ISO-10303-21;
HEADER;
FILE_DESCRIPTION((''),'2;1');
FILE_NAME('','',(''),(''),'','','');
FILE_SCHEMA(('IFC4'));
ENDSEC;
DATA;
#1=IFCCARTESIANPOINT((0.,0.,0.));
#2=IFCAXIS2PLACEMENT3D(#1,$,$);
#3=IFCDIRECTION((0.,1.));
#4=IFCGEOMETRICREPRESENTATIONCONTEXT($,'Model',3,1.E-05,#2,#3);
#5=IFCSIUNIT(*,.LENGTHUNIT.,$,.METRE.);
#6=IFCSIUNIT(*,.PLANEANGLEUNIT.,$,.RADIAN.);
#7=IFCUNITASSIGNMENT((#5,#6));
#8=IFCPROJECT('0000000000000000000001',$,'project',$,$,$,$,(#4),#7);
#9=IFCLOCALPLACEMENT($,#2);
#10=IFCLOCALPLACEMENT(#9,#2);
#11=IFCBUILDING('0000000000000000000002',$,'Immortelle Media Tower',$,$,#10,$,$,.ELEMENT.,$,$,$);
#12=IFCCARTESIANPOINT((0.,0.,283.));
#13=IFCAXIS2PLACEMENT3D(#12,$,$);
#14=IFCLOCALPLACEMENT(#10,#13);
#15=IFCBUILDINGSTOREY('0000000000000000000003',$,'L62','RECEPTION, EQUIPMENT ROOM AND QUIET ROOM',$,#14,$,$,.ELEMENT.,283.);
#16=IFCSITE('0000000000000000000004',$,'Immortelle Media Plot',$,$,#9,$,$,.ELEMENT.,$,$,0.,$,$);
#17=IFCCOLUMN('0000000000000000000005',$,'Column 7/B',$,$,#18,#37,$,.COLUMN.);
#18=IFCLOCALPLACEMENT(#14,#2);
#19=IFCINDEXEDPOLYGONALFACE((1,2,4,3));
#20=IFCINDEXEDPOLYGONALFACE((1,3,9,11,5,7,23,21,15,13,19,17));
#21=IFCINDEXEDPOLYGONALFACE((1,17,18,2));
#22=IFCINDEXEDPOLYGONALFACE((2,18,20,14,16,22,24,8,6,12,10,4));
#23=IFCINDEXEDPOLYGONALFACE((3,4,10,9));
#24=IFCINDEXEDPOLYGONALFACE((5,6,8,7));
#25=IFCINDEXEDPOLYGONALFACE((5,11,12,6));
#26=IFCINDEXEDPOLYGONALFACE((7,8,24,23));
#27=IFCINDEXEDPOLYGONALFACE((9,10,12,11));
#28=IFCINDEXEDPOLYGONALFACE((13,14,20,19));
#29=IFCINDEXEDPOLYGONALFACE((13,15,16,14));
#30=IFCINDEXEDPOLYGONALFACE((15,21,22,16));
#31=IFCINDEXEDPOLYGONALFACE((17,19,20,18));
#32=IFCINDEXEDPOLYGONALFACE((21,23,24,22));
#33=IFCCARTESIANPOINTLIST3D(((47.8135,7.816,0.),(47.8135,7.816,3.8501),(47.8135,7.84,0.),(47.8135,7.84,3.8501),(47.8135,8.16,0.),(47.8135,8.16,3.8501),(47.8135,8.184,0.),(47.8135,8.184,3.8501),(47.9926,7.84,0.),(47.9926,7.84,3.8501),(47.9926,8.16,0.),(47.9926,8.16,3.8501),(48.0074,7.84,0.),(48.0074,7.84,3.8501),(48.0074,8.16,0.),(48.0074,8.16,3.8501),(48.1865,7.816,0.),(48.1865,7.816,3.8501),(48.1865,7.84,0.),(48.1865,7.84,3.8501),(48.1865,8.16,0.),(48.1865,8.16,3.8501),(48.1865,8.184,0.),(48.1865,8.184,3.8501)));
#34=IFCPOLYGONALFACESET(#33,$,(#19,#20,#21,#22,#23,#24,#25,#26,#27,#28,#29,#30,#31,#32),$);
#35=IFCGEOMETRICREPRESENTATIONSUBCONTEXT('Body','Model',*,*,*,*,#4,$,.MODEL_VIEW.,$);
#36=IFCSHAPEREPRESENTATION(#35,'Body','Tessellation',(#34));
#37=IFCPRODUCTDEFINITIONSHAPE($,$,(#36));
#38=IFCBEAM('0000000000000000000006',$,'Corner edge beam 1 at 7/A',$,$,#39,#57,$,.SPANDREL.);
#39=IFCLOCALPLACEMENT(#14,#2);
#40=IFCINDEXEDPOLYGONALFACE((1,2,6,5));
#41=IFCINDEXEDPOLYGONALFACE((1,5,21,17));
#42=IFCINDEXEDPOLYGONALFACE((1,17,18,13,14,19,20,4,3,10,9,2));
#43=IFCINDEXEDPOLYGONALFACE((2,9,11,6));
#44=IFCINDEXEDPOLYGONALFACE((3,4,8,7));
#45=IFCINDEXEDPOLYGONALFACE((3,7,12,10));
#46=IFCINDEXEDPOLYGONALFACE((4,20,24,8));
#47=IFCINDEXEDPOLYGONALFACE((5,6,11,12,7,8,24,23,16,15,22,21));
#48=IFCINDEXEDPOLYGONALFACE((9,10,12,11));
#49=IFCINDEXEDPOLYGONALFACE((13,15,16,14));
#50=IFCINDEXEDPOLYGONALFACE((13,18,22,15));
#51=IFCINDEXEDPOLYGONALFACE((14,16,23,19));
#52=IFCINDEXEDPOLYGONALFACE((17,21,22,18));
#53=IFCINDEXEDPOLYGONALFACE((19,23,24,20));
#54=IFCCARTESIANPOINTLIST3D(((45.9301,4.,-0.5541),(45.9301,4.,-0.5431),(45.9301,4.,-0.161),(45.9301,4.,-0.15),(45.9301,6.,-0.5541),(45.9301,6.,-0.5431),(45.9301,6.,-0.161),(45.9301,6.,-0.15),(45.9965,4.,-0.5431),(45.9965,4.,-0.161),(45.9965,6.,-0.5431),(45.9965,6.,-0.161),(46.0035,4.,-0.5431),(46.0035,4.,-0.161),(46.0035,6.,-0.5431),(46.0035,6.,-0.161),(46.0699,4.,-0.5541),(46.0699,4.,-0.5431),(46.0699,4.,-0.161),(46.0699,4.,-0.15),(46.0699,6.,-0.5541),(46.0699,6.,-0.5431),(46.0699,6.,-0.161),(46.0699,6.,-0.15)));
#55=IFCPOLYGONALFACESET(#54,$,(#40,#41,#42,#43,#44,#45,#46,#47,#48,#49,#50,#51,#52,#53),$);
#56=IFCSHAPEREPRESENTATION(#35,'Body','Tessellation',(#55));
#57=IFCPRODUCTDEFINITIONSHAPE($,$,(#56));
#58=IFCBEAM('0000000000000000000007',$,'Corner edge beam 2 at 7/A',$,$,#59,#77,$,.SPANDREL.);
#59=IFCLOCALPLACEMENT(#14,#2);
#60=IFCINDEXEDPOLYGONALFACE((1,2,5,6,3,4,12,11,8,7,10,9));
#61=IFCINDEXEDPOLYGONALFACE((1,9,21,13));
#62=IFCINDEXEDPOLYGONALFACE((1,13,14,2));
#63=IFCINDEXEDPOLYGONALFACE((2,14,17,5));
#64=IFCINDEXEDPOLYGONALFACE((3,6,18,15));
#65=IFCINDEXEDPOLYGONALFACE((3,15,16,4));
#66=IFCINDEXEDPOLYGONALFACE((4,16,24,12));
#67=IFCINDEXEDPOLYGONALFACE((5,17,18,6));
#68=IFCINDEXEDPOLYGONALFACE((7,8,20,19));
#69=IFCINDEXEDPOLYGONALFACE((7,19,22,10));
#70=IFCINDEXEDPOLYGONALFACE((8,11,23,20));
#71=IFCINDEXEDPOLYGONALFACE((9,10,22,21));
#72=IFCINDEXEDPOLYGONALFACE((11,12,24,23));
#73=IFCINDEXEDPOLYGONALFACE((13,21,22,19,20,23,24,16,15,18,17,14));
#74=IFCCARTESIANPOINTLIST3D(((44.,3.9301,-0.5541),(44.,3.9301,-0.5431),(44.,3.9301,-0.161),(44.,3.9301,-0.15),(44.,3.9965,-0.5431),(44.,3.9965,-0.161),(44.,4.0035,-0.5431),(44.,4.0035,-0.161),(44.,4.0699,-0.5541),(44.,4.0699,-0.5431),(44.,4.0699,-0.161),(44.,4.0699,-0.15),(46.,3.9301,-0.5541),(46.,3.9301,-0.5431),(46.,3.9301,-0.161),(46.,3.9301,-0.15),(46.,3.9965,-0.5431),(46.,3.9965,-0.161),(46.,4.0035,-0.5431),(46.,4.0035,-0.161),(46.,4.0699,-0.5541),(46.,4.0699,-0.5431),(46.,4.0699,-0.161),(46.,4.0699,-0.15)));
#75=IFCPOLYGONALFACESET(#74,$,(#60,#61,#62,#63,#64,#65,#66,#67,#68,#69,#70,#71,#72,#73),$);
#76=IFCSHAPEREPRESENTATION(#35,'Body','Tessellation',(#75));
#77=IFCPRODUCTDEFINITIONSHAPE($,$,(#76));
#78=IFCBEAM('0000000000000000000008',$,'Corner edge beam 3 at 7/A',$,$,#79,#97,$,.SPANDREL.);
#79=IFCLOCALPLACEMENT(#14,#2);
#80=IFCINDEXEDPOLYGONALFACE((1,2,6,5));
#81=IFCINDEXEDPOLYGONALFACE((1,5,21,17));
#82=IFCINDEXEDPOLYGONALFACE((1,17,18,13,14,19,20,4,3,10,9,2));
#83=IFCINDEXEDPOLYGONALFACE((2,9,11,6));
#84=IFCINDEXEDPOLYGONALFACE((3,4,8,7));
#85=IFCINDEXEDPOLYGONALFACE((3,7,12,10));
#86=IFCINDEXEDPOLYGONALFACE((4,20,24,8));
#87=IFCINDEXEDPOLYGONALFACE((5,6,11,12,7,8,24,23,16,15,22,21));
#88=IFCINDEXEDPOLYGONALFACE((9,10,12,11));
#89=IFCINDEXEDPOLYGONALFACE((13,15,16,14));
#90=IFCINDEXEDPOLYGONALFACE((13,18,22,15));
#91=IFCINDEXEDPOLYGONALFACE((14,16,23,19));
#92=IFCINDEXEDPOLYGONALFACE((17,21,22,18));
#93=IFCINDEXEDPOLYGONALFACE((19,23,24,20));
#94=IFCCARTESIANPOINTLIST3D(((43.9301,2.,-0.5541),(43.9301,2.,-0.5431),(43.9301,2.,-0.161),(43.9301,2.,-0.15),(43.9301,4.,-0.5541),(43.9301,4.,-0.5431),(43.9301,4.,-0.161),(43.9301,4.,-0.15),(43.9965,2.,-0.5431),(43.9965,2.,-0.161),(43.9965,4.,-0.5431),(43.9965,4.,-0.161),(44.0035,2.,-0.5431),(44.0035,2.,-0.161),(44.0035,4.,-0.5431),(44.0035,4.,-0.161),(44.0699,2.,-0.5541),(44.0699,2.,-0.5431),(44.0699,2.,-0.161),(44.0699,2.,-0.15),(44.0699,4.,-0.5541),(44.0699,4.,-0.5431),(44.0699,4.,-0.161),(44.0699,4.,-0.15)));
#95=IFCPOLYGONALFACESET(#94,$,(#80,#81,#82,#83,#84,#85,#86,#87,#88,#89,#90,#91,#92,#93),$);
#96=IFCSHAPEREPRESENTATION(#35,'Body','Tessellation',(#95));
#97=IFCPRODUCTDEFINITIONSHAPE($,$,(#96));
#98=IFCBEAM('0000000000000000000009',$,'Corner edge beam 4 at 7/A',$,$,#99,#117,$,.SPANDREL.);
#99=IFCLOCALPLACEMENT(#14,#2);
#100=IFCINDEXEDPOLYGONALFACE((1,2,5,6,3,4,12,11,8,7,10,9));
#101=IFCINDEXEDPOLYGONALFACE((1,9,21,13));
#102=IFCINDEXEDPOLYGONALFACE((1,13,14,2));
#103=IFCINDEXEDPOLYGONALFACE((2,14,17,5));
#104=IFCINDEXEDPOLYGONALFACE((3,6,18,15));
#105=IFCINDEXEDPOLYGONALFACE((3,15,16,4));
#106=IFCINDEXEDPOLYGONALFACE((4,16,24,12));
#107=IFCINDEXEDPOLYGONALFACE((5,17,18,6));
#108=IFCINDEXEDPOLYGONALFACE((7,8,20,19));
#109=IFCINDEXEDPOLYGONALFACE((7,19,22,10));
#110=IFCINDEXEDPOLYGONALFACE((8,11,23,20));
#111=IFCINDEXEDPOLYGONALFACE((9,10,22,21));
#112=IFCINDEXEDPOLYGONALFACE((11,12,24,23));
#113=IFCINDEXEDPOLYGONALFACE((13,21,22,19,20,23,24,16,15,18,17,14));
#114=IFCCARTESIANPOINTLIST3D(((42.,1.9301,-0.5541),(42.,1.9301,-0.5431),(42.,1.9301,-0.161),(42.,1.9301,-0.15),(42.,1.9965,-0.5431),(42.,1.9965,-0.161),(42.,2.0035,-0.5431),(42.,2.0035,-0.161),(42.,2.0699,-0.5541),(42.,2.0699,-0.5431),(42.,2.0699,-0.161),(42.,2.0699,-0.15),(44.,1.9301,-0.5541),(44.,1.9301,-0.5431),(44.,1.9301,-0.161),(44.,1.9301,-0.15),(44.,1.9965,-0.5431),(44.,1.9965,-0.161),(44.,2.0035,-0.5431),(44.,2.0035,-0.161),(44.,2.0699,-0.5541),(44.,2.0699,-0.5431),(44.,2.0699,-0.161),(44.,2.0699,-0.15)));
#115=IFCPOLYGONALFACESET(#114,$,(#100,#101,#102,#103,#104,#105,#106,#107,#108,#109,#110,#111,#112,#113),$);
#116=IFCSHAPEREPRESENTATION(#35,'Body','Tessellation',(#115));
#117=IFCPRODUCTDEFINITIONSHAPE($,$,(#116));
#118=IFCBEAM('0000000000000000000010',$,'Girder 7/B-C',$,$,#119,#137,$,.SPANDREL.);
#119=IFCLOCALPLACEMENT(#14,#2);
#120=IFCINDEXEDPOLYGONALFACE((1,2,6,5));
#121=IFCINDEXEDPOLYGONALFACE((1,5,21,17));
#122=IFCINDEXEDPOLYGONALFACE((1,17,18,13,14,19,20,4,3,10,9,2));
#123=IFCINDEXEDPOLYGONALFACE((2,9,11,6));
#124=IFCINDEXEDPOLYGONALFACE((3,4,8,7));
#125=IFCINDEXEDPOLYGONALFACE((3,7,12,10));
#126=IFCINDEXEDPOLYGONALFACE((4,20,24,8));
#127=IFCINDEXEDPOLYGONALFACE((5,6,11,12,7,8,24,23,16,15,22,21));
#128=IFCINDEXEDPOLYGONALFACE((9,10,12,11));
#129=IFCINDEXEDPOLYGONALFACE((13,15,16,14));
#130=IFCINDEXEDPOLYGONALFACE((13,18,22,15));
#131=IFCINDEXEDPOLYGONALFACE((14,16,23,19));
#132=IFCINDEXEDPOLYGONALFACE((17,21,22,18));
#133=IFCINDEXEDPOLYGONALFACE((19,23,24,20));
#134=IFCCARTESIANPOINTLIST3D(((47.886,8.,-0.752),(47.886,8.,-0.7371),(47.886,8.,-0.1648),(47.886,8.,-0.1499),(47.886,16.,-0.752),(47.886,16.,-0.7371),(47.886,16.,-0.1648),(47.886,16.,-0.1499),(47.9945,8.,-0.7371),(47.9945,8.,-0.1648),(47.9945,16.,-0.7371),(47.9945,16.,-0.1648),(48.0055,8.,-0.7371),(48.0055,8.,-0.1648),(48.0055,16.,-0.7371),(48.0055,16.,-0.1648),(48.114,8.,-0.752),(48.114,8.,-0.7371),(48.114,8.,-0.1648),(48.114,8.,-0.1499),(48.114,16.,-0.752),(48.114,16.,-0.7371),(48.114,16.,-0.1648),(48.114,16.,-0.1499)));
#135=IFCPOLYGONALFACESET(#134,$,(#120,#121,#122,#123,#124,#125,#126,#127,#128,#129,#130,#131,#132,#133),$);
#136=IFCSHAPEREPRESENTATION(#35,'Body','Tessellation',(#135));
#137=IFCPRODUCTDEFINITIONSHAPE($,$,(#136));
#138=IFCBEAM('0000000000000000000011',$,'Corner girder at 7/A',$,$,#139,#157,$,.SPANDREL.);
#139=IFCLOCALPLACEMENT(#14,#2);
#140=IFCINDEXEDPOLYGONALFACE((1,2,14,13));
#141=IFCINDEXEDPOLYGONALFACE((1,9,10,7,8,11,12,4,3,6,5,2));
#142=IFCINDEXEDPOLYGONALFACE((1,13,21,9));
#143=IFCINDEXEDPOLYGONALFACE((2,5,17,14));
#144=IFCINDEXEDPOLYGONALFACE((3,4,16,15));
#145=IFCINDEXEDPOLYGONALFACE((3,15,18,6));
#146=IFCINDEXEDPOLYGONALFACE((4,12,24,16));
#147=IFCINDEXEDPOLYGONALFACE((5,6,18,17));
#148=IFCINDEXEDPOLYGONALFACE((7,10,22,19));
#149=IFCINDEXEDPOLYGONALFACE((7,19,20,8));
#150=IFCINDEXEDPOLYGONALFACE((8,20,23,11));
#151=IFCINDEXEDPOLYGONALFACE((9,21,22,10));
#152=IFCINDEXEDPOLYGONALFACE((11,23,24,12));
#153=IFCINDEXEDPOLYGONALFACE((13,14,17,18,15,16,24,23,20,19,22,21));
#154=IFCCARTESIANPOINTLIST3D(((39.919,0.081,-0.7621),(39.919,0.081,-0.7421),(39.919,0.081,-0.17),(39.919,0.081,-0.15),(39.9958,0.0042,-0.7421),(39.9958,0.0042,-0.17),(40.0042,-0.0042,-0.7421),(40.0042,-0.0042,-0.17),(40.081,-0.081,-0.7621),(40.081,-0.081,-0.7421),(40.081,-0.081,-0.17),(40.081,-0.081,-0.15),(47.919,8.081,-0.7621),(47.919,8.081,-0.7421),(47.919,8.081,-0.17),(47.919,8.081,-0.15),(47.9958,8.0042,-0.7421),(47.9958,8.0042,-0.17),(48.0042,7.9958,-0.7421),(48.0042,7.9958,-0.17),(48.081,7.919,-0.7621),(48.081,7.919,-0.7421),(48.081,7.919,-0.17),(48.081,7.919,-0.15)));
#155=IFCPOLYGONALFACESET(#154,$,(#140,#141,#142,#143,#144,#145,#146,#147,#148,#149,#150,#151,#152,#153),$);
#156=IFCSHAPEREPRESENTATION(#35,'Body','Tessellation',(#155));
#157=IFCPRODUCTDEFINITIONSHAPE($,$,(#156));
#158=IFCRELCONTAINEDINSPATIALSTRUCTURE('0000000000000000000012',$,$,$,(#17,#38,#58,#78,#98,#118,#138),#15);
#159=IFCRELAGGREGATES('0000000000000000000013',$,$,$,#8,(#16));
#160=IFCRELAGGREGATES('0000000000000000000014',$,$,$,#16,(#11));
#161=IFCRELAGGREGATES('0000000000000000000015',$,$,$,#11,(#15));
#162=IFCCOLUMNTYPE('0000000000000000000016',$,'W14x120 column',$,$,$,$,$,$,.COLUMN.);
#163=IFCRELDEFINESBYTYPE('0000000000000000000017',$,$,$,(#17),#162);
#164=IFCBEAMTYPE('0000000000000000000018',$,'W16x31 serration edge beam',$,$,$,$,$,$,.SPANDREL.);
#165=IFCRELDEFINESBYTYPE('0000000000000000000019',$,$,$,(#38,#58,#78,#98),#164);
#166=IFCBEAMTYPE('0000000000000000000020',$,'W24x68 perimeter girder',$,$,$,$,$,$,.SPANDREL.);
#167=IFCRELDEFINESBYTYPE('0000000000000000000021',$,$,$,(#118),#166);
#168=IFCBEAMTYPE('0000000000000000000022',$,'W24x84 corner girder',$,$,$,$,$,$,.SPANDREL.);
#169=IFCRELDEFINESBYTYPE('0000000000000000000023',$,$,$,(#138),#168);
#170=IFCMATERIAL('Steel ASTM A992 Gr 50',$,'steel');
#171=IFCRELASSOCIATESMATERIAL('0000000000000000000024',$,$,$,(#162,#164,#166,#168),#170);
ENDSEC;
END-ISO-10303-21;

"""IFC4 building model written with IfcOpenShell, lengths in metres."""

from ifc_helpers import new_model, si_unit, direction, frame, origin, origin_2d, place, context, subcontext, project, spatial, i_section, extrude, material, material_profile, profile_set, type_object, element, save


model = new_model("IFC4")

# Units and contexts
model_context = context("Model", 3, precision=1e-05, world=origin(), true_north=direction((0.0, 1.0)))
body_context = subcontext(model_context, "Body", "Model", "MODEL_VIEW")
ifc_project = project(units=[si_unit("LENGTHUNIT", "METRE"), si_unit("PLANEANGLEUNIT", "RADIAN")], contexts=[model_context])

# Site, building, storey
site_placement = place(None, origin())
site = spatial("IfcSite", under=ifc_project, at=site_placement, Name="Immortelle Media Plot", CompositionType="ELEMENT", RefElevation=0.0)
building_placement = place(site_placement, origin())
building = spatial("IfcBuilding", under=site, at=building_placement, Name="Immortelle Media Tower", CompositionType="ELEMENT")
storey_placement = place(building_placement, frame((0.0, 0.0, 283.0)))
storey = spatial("IfcBuildingStorey", under=building, at=storey_placement, Name="L62", Description="RECEPTION, EQUIPMENT ROOM AND QUIET ROOM", CompositionType="ELEMENT", Elevation=283.0)

# Column
ifc_material_1 = material(Name="Steel ASTM A992 Gr 50", Category="steel")
ifc_material_profile_1 = material_profile(ifc_material_1, i_section(OverallWidth=0.373, OverallDepth=0.3679, WebThickness=0.0149, FlangeThickness=0.0239, at=origin_2d()), Name="W14x120")
ifc_profile_set_1 = profile_set([ifc_material_profile_1], Name="Steel ASTM A992 Gr 50")
column_type = type_object("IfcColumnType", Name="W14x120 column", PredefinedType="COLUMN", material=ifc_profile_set_1)
column_placement = place(storey_placement, frame((48.0, 8.0, 0.0), z_axis=(0.0, 0.0, 1.0), x_axis=(1.0, 0.0, 0.0)))
element("IfcColumn", 1, at=column_placement, inside=storey, type_object=column_type, Name="Column 7/B", PredefinedType="COLUMN", context=body_context, shape_type="SweptSolid", body=[
    extrude(i_section(OverallWidth=0.373, OverallDepth=0.3679, WebThickness=0.0149, FlangeThickness=0.0239, at=origin_2d()), origin(), (0.0, 0.0, 1.0), 3.8501),
])

# Beams
ifc_material_profile_2 = material_profile(ifc_material_1, i_section(OverallWidth=0.1399, OverallDepth=0.4041, WebThickness=0.0071, FlangeThickness=0.011, at=origin_2d()), Name="W16x31")
ifc_profile_set_2 = profile_set([ifc_material_profile_2], Name="Steel ASTM A992 Gr 50")
beam_type_1 = type_object("IfcBeamType", Name="W16x31 serration edge beam", PredefinedType="SPANDREL", material=ifc_profile_set_2)
for number, where, z_axis, x_axis, name in (
    (2, (46.0, 6.0, -0.3521), (0.0, -1.0, 0.0), (1.0, 0.0, 0.0), "Corner edge beam 1 at 7/A"),
    (3, (46.0, 4.0, -0.3521), (-1.0, 0.0, 0.0), (0.0, -1.0, 0.0), "Corner edge beam 2 at 7/A"),
    (4, (44.0, 4.0, -0.3521), (0.0, -1.0, 0.0), (1.0, 0.0, 0.0), "Corner edge beam 3 at 7/A"),
    (5, (44.0, 2.0, -0.3521), (-1.0, 0.0, 0.0), (0.0, -1.0, 0.0), "Corner edge beam 4 at 7/A"),
):
    element("IfcBeam", number, at=place(storey_placement, frame(where, z_axis=z_axis, x_axis=x_axis)), inside=storey, type_object=beam_type_1, Name=name, PredefinedType="SPANDREL", context=body_context, shape_type="SweptSolid", body=[
        extrude(i_section(OverallWidth=0.1399, OverallDepth=0.4041, WebThickness=0.0071, FlangeThickness=0.011, at=origin_2d()), origin(), (0.0, 0.0, 1.0), 2.0),
    ])
ifc_material_profile_3 = material_profile(ifc_material_1, i_section(OverallWidth=0.228, OverallDepth=0.6021, WebThickness=0.011, FlangeThickness=0.0149, at=origin_2d()), Name="W24x68")
ifc_profile_set_3 = profile_set([ifc_material_profile_3], Name="Steel ASTM A992 Gr 50")
beam_type_2 = type_object("IfcBeamType", Name="W24x68 perimeter girder", PredefinedType="SPANDREL", material=ifc_profile_set_3)
beam_1_placement = place(storey_placement, frame((48.0, 8.0, -0.4509), z_axis=(0.0, 1.0, 0.0), x_axis=(-1.0, 0.0, 0.0)))
element("IfcBeam", 6, at=beam_1_placement, inside=storey, type_object=beam_type_2, Name="Girder 7/B-C", PredefinedType="SPANDREL", context=body_context, shape_type="SweptSolid", body=[
    extrude(i_section(OverallWidth=0.228, OverallDepth=0.6021, WebThickness=0.011, FlangeThickness=0.0149, at=origin_2d()), origin(), (0.0, 0.0, 1.0), 8.0),
])
ifc_material_profile_4 = material_profile(ifc_material_1, i_section(OverallWidth=0.229, OverallDepth=0.6121, WebThickness=0.012, FlangeThickness=0.02, at=origin_2d()), Name="W24x84")
ifc_profile_set_4 = profile_set([ifc_material_profile_4], Name="Steel ASTM A992 Gr 50")
beam_type_3 = type_object("IfcBeamType", Name="W24x84 corner girder", PredefinedType="SPANDREL", material=ifc_profile_set_4)
beam_2_placement = place(storey_placement, frame((48.0, 8.0, -0.4561), z_axis=(-0.707107, -0.707107, 0.0), x_axis=(0.707107, -0.707107, 0.0)))
element("IfcBeam", 7, at=beam_2_placement, inside=storey, type_object=beam_type_3, Name="Corner girder at 7/A", PredefinedType="SPANDREL", context=body_context, shape_type="SweptSolid", body=[
    extrude(i_section(OverallWidth=0.229, OverallDepth=0.6121, WebThickness=0.012, FlangeThickness=0.02, at=origin_2d()), origin(), (0.0, 0.0, 1.0), 11.3137),
])

save(model, "model.ifc")
